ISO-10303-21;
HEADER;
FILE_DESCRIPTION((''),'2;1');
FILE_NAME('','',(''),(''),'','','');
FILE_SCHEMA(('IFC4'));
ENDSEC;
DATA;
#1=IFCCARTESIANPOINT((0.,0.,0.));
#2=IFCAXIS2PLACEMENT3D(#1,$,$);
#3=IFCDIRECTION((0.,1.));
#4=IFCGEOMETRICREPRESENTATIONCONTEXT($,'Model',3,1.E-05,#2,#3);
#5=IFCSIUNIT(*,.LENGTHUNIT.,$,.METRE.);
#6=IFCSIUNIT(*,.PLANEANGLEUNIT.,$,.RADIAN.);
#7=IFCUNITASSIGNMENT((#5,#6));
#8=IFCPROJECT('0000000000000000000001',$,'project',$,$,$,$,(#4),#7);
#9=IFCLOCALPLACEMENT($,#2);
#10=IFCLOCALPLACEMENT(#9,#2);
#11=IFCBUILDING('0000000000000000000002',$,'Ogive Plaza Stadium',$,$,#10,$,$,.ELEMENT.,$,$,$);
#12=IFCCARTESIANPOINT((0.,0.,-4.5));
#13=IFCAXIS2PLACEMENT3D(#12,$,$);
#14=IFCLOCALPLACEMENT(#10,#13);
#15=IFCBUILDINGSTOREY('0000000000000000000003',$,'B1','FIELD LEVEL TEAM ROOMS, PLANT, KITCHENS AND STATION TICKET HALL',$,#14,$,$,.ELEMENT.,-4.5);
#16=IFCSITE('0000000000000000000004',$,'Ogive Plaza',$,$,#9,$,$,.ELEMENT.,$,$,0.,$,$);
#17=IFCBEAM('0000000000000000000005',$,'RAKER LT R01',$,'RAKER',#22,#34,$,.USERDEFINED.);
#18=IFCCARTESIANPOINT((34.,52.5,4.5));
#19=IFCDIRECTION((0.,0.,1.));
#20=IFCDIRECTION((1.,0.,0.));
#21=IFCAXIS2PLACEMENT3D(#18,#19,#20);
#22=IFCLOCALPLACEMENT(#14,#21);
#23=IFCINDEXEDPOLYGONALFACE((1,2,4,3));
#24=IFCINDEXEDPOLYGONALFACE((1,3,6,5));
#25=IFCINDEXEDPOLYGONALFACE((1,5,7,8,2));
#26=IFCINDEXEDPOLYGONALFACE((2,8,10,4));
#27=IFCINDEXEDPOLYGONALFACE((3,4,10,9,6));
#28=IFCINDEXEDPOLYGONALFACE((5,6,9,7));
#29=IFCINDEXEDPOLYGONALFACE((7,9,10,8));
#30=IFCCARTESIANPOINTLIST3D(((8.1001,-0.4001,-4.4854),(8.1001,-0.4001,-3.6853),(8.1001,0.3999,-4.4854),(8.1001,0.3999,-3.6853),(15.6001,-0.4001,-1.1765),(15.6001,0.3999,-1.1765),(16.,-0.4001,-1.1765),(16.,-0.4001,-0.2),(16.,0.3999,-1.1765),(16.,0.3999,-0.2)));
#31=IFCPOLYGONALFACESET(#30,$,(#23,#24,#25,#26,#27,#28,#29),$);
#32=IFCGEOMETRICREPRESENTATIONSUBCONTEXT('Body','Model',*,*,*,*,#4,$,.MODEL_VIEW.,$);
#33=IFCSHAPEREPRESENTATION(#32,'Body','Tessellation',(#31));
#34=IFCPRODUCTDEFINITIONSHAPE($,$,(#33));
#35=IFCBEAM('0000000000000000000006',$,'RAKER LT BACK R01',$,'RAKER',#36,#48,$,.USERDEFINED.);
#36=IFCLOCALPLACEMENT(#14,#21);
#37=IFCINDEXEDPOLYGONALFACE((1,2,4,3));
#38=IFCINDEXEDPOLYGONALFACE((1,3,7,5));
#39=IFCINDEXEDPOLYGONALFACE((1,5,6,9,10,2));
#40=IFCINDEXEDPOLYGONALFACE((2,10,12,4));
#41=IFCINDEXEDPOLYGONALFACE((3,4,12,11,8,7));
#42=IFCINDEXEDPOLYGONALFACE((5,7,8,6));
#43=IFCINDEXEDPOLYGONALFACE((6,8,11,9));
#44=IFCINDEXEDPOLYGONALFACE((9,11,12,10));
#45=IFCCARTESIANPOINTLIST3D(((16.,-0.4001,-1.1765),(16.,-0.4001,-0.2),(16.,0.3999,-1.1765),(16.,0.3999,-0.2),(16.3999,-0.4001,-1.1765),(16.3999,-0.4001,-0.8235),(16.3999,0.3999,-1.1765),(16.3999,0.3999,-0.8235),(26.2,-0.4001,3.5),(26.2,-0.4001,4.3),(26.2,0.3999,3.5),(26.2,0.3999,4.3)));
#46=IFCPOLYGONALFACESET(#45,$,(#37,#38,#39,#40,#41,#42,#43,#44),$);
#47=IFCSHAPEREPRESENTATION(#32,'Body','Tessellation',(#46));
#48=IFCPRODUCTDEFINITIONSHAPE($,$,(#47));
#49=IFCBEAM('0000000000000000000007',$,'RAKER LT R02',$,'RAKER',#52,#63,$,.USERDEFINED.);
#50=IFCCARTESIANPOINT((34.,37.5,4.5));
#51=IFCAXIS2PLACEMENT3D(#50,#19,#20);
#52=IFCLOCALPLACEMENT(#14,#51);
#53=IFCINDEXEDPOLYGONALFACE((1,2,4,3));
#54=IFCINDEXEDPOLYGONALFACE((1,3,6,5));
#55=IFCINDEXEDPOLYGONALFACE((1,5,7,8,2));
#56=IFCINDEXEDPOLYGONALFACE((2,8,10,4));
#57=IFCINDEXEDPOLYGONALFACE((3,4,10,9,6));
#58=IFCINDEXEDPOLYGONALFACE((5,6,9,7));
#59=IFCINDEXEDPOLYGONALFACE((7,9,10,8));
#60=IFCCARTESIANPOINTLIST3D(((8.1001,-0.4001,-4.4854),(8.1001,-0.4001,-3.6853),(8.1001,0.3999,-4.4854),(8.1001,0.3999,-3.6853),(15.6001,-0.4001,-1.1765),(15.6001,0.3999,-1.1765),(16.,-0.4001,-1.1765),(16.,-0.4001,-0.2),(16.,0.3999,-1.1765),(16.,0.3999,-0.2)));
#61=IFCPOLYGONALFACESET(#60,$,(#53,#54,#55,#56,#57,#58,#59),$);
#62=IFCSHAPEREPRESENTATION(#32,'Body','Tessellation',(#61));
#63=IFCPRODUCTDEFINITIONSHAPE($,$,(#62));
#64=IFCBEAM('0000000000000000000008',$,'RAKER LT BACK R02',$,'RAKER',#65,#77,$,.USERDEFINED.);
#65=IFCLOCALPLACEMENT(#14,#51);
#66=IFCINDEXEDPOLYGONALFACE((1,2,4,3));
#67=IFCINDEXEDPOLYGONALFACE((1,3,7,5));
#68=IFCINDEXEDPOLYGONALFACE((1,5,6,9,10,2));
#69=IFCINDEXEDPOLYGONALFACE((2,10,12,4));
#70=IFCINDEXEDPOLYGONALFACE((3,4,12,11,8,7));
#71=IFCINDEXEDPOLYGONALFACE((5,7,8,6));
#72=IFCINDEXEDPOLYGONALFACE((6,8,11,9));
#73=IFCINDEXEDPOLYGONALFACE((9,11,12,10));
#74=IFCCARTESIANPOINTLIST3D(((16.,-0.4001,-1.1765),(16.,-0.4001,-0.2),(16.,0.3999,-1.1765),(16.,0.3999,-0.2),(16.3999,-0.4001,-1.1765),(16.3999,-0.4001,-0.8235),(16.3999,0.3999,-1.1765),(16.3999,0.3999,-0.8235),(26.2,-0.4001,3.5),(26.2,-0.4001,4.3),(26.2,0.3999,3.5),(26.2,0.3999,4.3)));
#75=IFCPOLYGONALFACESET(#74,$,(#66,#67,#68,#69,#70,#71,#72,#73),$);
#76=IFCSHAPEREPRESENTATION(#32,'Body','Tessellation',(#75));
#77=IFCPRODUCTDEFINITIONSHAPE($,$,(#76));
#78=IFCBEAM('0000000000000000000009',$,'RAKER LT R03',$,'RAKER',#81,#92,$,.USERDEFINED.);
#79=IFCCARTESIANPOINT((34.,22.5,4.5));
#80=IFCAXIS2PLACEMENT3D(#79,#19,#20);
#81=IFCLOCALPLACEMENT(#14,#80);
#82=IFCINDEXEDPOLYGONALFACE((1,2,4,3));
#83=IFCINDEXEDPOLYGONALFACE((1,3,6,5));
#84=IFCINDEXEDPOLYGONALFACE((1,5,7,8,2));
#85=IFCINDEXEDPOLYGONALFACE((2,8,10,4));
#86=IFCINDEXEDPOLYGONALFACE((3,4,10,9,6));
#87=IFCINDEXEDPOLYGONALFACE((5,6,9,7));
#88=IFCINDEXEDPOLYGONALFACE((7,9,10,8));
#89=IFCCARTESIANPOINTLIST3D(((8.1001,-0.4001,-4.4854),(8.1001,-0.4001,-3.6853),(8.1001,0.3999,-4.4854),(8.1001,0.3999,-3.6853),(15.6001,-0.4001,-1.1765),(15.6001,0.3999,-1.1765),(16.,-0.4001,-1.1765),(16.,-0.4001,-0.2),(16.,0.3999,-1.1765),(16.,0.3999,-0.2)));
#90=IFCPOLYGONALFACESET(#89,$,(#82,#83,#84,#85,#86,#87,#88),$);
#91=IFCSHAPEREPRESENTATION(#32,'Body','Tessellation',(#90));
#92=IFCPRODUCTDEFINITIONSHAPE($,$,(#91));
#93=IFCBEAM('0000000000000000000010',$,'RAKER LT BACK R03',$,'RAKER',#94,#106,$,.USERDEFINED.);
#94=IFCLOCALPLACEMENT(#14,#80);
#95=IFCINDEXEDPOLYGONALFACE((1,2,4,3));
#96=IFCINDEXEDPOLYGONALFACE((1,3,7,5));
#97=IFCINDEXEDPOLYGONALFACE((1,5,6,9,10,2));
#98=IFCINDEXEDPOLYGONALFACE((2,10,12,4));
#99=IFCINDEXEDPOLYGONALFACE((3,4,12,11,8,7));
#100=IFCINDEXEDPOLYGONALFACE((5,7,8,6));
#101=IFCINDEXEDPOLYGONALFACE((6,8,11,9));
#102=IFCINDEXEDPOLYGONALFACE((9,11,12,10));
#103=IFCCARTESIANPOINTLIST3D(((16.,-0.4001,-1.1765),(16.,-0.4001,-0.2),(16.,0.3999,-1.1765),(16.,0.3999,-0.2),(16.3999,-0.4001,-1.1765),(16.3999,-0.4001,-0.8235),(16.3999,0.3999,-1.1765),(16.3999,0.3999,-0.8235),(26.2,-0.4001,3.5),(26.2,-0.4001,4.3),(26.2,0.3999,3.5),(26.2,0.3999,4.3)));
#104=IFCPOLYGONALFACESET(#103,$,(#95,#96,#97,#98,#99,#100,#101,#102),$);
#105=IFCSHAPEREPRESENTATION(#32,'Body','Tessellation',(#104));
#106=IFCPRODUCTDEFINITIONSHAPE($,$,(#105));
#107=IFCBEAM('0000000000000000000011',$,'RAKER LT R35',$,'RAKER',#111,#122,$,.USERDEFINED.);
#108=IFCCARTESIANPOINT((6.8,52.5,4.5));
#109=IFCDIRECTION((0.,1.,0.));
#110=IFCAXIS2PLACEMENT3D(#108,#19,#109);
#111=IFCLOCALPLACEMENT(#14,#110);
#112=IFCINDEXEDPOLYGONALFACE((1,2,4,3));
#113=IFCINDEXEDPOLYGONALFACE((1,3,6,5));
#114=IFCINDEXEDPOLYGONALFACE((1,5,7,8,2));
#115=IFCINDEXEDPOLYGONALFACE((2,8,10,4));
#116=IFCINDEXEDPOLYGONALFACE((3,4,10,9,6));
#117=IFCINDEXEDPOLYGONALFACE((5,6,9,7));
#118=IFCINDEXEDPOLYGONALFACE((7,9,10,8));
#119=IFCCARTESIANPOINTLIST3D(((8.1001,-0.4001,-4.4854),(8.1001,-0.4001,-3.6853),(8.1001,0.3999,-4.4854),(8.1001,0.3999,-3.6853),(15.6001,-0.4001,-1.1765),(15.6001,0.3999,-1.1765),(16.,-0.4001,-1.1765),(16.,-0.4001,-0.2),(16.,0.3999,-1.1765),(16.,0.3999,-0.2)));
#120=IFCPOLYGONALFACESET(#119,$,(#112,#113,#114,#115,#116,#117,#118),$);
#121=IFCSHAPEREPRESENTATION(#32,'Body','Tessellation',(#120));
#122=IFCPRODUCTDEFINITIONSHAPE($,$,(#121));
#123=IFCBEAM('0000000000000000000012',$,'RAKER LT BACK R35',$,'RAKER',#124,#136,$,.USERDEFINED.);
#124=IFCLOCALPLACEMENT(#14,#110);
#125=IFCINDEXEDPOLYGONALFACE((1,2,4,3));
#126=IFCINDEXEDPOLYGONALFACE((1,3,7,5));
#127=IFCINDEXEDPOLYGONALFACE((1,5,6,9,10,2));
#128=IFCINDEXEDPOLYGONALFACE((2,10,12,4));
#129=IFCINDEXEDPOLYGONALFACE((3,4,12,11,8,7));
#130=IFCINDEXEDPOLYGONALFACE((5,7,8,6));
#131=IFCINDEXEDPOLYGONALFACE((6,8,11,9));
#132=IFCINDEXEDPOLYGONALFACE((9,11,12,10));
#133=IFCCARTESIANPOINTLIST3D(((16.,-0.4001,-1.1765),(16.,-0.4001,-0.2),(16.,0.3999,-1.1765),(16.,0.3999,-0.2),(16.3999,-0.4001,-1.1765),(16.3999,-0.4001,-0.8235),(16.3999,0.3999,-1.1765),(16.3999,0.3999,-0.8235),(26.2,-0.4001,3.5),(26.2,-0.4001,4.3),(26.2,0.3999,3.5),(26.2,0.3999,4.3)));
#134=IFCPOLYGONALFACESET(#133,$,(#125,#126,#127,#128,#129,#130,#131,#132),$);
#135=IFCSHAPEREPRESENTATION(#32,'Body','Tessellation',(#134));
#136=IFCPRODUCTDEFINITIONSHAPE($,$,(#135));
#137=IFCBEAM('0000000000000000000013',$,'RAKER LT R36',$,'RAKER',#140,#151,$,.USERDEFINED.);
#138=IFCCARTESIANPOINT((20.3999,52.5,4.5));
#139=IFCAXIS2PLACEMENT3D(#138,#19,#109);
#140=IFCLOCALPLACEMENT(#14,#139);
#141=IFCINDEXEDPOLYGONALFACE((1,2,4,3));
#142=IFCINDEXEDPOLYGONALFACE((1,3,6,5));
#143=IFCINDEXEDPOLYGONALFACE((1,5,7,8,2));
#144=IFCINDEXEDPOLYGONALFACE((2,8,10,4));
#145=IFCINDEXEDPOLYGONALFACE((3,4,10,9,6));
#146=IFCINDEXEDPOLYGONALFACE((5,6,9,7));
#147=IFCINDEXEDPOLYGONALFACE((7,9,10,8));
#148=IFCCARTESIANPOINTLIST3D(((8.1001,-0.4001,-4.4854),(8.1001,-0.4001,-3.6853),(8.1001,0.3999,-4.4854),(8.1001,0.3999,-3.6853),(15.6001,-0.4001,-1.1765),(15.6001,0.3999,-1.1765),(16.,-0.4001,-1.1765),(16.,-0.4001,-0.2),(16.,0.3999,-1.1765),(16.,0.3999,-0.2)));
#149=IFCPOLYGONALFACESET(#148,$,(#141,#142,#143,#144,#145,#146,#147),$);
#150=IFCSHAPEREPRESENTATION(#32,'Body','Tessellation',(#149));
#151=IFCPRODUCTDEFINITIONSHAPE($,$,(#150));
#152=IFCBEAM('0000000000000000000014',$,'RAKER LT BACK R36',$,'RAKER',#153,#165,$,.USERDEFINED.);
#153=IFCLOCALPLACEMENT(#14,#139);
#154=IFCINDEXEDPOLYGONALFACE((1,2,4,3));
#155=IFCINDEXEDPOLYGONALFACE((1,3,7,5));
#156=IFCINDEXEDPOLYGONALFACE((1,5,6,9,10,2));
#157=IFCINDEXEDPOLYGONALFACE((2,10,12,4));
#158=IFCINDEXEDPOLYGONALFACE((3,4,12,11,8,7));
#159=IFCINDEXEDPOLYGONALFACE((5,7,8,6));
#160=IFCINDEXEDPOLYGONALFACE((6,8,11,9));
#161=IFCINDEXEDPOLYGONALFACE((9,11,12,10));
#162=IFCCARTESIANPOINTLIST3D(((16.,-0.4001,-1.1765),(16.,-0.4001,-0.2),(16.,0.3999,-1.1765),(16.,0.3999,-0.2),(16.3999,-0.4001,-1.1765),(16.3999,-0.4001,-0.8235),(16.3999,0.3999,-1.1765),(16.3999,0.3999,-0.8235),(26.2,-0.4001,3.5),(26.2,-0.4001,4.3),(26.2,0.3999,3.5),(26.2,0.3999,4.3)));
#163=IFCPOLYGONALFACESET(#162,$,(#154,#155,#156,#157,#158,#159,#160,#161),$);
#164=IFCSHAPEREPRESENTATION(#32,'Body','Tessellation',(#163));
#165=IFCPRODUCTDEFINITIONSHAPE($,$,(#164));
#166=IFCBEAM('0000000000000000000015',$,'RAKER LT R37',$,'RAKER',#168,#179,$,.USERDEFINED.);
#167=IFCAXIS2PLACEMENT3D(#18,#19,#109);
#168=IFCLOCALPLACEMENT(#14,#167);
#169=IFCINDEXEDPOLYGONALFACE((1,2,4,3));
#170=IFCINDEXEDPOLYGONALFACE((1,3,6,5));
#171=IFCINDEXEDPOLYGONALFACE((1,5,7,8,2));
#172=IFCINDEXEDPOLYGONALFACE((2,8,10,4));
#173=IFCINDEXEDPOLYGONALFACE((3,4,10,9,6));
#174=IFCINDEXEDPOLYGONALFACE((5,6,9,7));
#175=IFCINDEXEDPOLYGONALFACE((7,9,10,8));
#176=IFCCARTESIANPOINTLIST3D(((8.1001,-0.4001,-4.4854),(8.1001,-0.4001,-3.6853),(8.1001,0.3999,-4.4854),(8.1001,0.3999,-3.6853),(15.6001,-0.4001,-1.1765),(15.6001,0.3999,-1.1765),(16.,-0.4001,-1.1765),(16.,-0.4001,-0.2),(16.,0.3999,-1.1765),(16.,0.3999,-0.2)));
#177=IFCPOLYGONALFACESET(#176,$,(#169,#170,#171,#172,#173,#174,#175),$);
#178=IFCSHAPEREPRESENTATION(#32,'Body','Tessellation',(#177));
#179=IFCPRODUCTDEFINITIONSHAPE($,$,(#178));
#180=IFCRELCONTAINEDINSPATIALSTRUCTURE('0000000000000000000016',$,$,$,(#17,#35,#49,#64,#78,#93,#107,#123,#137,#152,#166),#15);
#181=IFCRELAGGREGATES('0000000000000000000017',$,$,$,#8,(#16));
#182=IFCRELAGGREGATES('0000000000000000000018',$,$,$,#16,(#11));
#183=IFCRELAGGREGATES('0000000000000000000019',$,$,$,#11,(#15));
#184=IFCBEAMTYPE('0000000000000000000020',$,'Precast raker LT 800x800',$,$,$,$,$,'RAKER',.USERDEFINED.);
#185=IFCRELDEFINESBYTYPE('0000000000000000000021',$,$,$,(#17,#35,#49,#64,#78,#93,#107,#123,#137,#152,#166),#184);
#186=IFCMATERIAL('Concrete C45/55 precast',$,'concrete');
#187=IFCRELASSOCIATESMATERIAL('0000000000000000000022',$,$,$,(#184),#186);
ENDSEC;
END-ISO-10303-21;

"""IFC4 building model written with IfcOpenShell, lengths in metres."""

from ifc_helpers import new_model, si_unit, direction, frame, origin, origin_2d, place, context, subcontext, project, spatial, polyline, rectangle, outline, extrude, material, material_profile, profile_set, type_object, element, save


model = new_model("IFC4")

# Units and contexts
model_context = context("Model", 3, precision=1e-05, world=origin(), true_north=direction((0.0, 1.0)))
body_context = subcontext(model_context, "Body", "Model", "MODEL_VIEW")
ifc_project = project(units=[si_unit("LENGTHUNIT", "METRE"), si_unit("PLANEANGLEUNIT", "RADIAN")], contexts=[model_context])

# Site, building, storey
site_placement = place(None, origin())
site = spatial("IfcSite", under=ifc_project, at=site_placement, Name="Ogive Plaza", CompositionType="ELEMENT", RefElevation=0.0)
building_placement = place(site_placement, origin())
building = spatial("IfcBuilding", under=site, at=building_placement, Name="Ogive Plaza Stadium", CompositionType="ELEMENT")
storey_placement = place(building_placement, frame((0.0, 0.0, -4.5)))
storey = spatial("IfcBuildingStorey", under=building, at=storey_placement, Name="B1", Description="FIELD LEVEL TEAM ROOMS, PLANT, KITCHENS AND STATION TICKET HALL", CompositionType="ELEMENT", Elevation=-4.5)

# Beams
ifc_material_1 = material(Name="Concrete C45/55 precast", Category="concrete")
ifc_material_profile_1 = material_profile(ifc_material_1, rectangle(XDim=0.8, YDim=0.8, at=origin_2d()), Name="RC 800x800")
ifc_profile_set_1 = profile_set([ifc_material_profile_1], Name="Concrete C45/55 precast")
beam_type = type_object("IfcBeamType", Name="Precast raker LT 800x800", ElementType="RAKER", PredefinedType="USERDEFINED", material=ifc_profile_set_1)
beam_1_placement = place(storey_placement, frame((34.0, 52.5, 4.5), z_axis=(0.0, 0.0, 1.0), x_axis=(1.0, 0.0, 0.0)))
element("IfcBeam", 1, at=beam_1_placement, inside=storey, type_object=beam_type, Name="RAKER LT R01", ObjectType="RAKER", PredefinedType="USERDEFINED", context=body_context, shape_type="SweptSolid", body=[
    extrude(outline(polyline([(8.1001, -4.4854), (15.6001, -1.1765), (16.0, -1.1765), (16.0, -0.2), (8.1001, -3.6853), (8.1001, -4.4854)])), frame((0.0, 0.3999, 0.0), z_axis=(0.0, -1.0, 0.0), x_axis=(1.0, 0.0, 0.0)), (0.0, 0.0, 1.0), 0.8),
])
beam_2_placement = place(storey_placement, frame((34.0, 52.5, 4.5), z_axis=(0.0, 0.0, 1.0), x_axis=(1.0, 0.0, 0.0)))
element("IfcBeam", 2, at=beam_2_placement, inside=storey, type_object=beam_type, Name="RAKER LT BACK R01", ObjectType="RAKER", PredefinedType="USERDEFINED", context=body_context, shape_type="SweptSolid", body=[
    extrude(outline(polyline([(16.0, -1.1765), (16.3999, -1.1765), (16.3999, -0.8235), (26.2, 3.5), (26.2, 4.3), (16.0, -0.2), (16.0, -1.1765)])), frame((0.0, 0.3999, 0.0), z_axis=(0.0, -1.0, 0.0), x_axis=(1.0, 0.0, 0.0)), (0.0, 0.0, 1.0), 0.8),
])
beam_3_placement = place(storey_placement, frame((34.0, 37.5, 4.5), z_axis=(0.0, 0.0, 1.0), x_axis=(1.0, 0.0, 0.0)))
element("IfcBeam", 3, at=beam_3_placement, inside=storey, type_object=beam_type, Name="RAKER LT R02", ObjectType="RAKER", PredefinedType="USERDEFINED", context=body_context, shape_type="SweptSolid", body=[
    extrude(outline(polyline([(8.1001, -4.4854), (15.6001, -1.1765), (16.0, -1.1765), (16.0, -0.2), (8.1001, -3.6853), (8.1001, -4.4854)])), frame((0.0, 0.3999, 0.0), z_axis=(0.0, -1.0, 0.0), x_axis=(1.0, 0.0, 0.0)), (0.0, 0.0, 1.0), 0.8),
])
beam_4_placement = place(storey_placement, frame((34.0, 37.5, 4.5), z_axis=(0.0, 0.0, 1.0), x_axis=(1.0, 0.0, 0.0)))
element("IfcBeam", 4, at=beam_4_placement, inside=storey, type_object=beam_type, Name="RAKER LT BACK R02", ObjectType="RAKER", PredefinedType="USERDEFINED", context=body_context, shape_type="SweptSolid", body=[
    extrude(outline(polyline([(16.0, -1.1765), (16.3999, -1.1765), (16.3999, -0.8235), (26.2, 3.5), (26.2, 4.3), (16.0, -0.2), (16.0, -1.1765)])), frame((0.0, 0.3999, 0.0), z_axis=(0.0, -1.0, 0.0), x_axis=(1.0, 0.0, 0.0)), (0.0, 0.0, 1.0), 0.8),
])
beam_5_placement = place(storey_placement, frame((34.0, 22.5, 4.5), z_axis=(0.0, 0.0, 1.0), x_axis=(1.0, 0.0, 0.0)))
element("IfcBeam", 5, at=beam_5_placement, inside=storey, type_object=beam_type, Name="RAKER LT R03", ObjectType="RAKER", PredefinedType="USERDEFINED", context=body_context, shape_type="SweptSolid", body=[
    extrude(outline(polyline([(8.1001, -4.4854), (15.6001, -1.1765), (16.0, -1.1765), (16.0, -0.2), (8.1001, -3.6853), (8.1001, -4.4854)])), frame((0.0, 0.3999, 0.0), z_axis=(0.0, -1.0, 0.0), x_axis=(1.0, 0.0, 0.0)), (0.0, 0.0, 1.0), 0.8),
])
beam_6_placement = place(storey_placement, frame((34.0, 22.5, 4.5), z_axis=(0.0, 0.0, 1.0), x_axis=(1.0, 0.0, 0.0)))
element("IfcBeam", 6, at=beam_6_placement, inside=storey, type_object=beam_type, Name="RAKER LT BACK R03", ObjectType="RAKER", PredefinedType="USERDEFINED", context=body_context, shape_type="SweptSolid", body=[
    extrude(outline(polyline([(16.0, -1.1765), (16.3999, -1.1765), (16.3999, -0.8235), (26.2, 3.5), (26.2, 4.3), (16.0, -0.2), (16.0, -1.1765)])), frame((0.0, 0.3999, 0.0), z_axis=(0.0, -1.0, 0.0), x_axis=(1.0, 0.0, 0.0)), (0.0, 0.0, 1.0), 0.8),
])
beam_7_placement = place(storey_placement, frame((6.8, 52.5, 4.5), z_axis=(0.0, 0.0, 1.0), x_axis=(0.0, 1.0, 0.0)))
element("IfcBeam", 7, at=beam_7_placement, inside=storey, type_object=beam_type, Name="RAKER LT R35", ObjectType="RAKER", PredefinedType="USERDEFINED", context=body_context, shape_type="SweptSolid", body=[
    extrude(outline(polyline([(8.1001, -4.4854), (15.6001, -1.1765), (16.0, -1.1765), (16.0, -0.2), (8.1001, -3.6853), (8.1001, -4.4854)])), frame((0.0, 0.3999, 0.0), z_axis=(0.0, -1.0, 0.0), x_axis=(1.0, 0.0, 0.0)), (0.0, 0.0, 1.0), 0.8),
])
beam_8_placement = place(storey_placement, frame((6.8, 52.5, 4.5), z_axis=(0.0, 0.0, 1.0), x_axis=(0.0, 1.0, 0.0)))
element("IfcBeam", 8, at=beam_8_placement, inside=storey, type_object=beam_type, Name="RAKER LT BACK R35", ObjectType="RAKER", PredefinedType="USERDEFINED", context=body_context, shape_type="SweptSolid", body=[
    extrude(outline(polyline([(16.0, -1.1765), (16.3999, -1.1765), (16.3999, -0.8235), (26.2, 3.5), (26.2, 4.3), (16.0, -0.2), (16.0, -1.1765)])), frame((0.0, 0.3999, 0.0), z_axis=(0.0, -1.0, 0.0), x_axis=(1.0, 0.0, 0.0)), (0.0, 0.0, 1.0), 0.8),
])
beam_9_placement = place(storey_placement, frame((20.3999, 52.5, 4.5), z_axis=(0.0, 0.0, 1.0), x_axis=(0.0, 1.0, 0.0)))
element("IfcBeam", 9, at=beam_9_placement, inside=storey, type_object=beam_type, Name="RAKER LT R36", ObjectType="RAKER", PredefinedType="USERDEFINED", context=body_context, shape_type="SweptSolid", body=[
    extrude(outline(polyline([(8.1001, -4.4854), (15.6001, -1.1765), (16.0, -1.1765), (16.0, -0.2), (8.1001, -3.6853), (8.1001, -4.4854)])), frame((0.0, 0.3999, 0.0), z_axis=(0.0, -1.0, 0.0), x_axis=(1.0, 0.0, 0.0)), (0.0, 0.0, 1.0), 0.8),
])
beam_10_placement = place(storey_placement, frame((20.3999, 52.5, 4.5), z_axis=(0.0, 0.0, 1.0), x_axis=(0.0, 1.0, 0.0)))
element("IfcBeam", 10, at=beam_10_placement, inside=storey, type_object=beam_type, Name="RAKER LT BACK R36", ObjectType="RAKER", PredefinedType="USERDEFINED", context=body_context, shape_type="SweptSolid", body=[
    extrude(outline(polyline([(16.0, -1.1765), (16.3999, -1.1765), (16.3999, -0.8235), (26.2, 3.5), (26.2, 4.3), (16.0, -0.2), (16.0, -1.1765)])), frame((0.0, 0.3999, 0.0), z_axis=(0.0, -1.0, 0.0), x_axis=(1.0, 0.0, 0.0)), (0.0, 0.0, 1.0), 0.8),
])
beam_11_placement = place(storey_placement, frame((34.0, 52.5, 4.5), z_axis=(0.0, 0.0, 1.0), x_axis=(0.0, 1.0, 0.0)))
element("IfcBeam", 11, at=beam_11_placement, inside=storey, type_object=beam_type, Name="RAKER LT R37", ObjectType="RAKER", PredefinedType="USERDEFINED", context=body_context, shape_type="SweptSolid", body=[
    extrude(outline(polyline([(8.1001, -4.4854), (15.6001, -1.1765), (16.0, -1.1765), (16.0, -0.2), (8.1001, -3.6853), (8.1001, -4.4854)])), frame((0.0, 0.3999, 0.0), z_axis=(0.0, -1.0, 0.0), x_axis=(1.0, 0.0, 0.0)), (0.0, 0.0, 1.0), 0.8),
])

save(model, "model.ifc")
